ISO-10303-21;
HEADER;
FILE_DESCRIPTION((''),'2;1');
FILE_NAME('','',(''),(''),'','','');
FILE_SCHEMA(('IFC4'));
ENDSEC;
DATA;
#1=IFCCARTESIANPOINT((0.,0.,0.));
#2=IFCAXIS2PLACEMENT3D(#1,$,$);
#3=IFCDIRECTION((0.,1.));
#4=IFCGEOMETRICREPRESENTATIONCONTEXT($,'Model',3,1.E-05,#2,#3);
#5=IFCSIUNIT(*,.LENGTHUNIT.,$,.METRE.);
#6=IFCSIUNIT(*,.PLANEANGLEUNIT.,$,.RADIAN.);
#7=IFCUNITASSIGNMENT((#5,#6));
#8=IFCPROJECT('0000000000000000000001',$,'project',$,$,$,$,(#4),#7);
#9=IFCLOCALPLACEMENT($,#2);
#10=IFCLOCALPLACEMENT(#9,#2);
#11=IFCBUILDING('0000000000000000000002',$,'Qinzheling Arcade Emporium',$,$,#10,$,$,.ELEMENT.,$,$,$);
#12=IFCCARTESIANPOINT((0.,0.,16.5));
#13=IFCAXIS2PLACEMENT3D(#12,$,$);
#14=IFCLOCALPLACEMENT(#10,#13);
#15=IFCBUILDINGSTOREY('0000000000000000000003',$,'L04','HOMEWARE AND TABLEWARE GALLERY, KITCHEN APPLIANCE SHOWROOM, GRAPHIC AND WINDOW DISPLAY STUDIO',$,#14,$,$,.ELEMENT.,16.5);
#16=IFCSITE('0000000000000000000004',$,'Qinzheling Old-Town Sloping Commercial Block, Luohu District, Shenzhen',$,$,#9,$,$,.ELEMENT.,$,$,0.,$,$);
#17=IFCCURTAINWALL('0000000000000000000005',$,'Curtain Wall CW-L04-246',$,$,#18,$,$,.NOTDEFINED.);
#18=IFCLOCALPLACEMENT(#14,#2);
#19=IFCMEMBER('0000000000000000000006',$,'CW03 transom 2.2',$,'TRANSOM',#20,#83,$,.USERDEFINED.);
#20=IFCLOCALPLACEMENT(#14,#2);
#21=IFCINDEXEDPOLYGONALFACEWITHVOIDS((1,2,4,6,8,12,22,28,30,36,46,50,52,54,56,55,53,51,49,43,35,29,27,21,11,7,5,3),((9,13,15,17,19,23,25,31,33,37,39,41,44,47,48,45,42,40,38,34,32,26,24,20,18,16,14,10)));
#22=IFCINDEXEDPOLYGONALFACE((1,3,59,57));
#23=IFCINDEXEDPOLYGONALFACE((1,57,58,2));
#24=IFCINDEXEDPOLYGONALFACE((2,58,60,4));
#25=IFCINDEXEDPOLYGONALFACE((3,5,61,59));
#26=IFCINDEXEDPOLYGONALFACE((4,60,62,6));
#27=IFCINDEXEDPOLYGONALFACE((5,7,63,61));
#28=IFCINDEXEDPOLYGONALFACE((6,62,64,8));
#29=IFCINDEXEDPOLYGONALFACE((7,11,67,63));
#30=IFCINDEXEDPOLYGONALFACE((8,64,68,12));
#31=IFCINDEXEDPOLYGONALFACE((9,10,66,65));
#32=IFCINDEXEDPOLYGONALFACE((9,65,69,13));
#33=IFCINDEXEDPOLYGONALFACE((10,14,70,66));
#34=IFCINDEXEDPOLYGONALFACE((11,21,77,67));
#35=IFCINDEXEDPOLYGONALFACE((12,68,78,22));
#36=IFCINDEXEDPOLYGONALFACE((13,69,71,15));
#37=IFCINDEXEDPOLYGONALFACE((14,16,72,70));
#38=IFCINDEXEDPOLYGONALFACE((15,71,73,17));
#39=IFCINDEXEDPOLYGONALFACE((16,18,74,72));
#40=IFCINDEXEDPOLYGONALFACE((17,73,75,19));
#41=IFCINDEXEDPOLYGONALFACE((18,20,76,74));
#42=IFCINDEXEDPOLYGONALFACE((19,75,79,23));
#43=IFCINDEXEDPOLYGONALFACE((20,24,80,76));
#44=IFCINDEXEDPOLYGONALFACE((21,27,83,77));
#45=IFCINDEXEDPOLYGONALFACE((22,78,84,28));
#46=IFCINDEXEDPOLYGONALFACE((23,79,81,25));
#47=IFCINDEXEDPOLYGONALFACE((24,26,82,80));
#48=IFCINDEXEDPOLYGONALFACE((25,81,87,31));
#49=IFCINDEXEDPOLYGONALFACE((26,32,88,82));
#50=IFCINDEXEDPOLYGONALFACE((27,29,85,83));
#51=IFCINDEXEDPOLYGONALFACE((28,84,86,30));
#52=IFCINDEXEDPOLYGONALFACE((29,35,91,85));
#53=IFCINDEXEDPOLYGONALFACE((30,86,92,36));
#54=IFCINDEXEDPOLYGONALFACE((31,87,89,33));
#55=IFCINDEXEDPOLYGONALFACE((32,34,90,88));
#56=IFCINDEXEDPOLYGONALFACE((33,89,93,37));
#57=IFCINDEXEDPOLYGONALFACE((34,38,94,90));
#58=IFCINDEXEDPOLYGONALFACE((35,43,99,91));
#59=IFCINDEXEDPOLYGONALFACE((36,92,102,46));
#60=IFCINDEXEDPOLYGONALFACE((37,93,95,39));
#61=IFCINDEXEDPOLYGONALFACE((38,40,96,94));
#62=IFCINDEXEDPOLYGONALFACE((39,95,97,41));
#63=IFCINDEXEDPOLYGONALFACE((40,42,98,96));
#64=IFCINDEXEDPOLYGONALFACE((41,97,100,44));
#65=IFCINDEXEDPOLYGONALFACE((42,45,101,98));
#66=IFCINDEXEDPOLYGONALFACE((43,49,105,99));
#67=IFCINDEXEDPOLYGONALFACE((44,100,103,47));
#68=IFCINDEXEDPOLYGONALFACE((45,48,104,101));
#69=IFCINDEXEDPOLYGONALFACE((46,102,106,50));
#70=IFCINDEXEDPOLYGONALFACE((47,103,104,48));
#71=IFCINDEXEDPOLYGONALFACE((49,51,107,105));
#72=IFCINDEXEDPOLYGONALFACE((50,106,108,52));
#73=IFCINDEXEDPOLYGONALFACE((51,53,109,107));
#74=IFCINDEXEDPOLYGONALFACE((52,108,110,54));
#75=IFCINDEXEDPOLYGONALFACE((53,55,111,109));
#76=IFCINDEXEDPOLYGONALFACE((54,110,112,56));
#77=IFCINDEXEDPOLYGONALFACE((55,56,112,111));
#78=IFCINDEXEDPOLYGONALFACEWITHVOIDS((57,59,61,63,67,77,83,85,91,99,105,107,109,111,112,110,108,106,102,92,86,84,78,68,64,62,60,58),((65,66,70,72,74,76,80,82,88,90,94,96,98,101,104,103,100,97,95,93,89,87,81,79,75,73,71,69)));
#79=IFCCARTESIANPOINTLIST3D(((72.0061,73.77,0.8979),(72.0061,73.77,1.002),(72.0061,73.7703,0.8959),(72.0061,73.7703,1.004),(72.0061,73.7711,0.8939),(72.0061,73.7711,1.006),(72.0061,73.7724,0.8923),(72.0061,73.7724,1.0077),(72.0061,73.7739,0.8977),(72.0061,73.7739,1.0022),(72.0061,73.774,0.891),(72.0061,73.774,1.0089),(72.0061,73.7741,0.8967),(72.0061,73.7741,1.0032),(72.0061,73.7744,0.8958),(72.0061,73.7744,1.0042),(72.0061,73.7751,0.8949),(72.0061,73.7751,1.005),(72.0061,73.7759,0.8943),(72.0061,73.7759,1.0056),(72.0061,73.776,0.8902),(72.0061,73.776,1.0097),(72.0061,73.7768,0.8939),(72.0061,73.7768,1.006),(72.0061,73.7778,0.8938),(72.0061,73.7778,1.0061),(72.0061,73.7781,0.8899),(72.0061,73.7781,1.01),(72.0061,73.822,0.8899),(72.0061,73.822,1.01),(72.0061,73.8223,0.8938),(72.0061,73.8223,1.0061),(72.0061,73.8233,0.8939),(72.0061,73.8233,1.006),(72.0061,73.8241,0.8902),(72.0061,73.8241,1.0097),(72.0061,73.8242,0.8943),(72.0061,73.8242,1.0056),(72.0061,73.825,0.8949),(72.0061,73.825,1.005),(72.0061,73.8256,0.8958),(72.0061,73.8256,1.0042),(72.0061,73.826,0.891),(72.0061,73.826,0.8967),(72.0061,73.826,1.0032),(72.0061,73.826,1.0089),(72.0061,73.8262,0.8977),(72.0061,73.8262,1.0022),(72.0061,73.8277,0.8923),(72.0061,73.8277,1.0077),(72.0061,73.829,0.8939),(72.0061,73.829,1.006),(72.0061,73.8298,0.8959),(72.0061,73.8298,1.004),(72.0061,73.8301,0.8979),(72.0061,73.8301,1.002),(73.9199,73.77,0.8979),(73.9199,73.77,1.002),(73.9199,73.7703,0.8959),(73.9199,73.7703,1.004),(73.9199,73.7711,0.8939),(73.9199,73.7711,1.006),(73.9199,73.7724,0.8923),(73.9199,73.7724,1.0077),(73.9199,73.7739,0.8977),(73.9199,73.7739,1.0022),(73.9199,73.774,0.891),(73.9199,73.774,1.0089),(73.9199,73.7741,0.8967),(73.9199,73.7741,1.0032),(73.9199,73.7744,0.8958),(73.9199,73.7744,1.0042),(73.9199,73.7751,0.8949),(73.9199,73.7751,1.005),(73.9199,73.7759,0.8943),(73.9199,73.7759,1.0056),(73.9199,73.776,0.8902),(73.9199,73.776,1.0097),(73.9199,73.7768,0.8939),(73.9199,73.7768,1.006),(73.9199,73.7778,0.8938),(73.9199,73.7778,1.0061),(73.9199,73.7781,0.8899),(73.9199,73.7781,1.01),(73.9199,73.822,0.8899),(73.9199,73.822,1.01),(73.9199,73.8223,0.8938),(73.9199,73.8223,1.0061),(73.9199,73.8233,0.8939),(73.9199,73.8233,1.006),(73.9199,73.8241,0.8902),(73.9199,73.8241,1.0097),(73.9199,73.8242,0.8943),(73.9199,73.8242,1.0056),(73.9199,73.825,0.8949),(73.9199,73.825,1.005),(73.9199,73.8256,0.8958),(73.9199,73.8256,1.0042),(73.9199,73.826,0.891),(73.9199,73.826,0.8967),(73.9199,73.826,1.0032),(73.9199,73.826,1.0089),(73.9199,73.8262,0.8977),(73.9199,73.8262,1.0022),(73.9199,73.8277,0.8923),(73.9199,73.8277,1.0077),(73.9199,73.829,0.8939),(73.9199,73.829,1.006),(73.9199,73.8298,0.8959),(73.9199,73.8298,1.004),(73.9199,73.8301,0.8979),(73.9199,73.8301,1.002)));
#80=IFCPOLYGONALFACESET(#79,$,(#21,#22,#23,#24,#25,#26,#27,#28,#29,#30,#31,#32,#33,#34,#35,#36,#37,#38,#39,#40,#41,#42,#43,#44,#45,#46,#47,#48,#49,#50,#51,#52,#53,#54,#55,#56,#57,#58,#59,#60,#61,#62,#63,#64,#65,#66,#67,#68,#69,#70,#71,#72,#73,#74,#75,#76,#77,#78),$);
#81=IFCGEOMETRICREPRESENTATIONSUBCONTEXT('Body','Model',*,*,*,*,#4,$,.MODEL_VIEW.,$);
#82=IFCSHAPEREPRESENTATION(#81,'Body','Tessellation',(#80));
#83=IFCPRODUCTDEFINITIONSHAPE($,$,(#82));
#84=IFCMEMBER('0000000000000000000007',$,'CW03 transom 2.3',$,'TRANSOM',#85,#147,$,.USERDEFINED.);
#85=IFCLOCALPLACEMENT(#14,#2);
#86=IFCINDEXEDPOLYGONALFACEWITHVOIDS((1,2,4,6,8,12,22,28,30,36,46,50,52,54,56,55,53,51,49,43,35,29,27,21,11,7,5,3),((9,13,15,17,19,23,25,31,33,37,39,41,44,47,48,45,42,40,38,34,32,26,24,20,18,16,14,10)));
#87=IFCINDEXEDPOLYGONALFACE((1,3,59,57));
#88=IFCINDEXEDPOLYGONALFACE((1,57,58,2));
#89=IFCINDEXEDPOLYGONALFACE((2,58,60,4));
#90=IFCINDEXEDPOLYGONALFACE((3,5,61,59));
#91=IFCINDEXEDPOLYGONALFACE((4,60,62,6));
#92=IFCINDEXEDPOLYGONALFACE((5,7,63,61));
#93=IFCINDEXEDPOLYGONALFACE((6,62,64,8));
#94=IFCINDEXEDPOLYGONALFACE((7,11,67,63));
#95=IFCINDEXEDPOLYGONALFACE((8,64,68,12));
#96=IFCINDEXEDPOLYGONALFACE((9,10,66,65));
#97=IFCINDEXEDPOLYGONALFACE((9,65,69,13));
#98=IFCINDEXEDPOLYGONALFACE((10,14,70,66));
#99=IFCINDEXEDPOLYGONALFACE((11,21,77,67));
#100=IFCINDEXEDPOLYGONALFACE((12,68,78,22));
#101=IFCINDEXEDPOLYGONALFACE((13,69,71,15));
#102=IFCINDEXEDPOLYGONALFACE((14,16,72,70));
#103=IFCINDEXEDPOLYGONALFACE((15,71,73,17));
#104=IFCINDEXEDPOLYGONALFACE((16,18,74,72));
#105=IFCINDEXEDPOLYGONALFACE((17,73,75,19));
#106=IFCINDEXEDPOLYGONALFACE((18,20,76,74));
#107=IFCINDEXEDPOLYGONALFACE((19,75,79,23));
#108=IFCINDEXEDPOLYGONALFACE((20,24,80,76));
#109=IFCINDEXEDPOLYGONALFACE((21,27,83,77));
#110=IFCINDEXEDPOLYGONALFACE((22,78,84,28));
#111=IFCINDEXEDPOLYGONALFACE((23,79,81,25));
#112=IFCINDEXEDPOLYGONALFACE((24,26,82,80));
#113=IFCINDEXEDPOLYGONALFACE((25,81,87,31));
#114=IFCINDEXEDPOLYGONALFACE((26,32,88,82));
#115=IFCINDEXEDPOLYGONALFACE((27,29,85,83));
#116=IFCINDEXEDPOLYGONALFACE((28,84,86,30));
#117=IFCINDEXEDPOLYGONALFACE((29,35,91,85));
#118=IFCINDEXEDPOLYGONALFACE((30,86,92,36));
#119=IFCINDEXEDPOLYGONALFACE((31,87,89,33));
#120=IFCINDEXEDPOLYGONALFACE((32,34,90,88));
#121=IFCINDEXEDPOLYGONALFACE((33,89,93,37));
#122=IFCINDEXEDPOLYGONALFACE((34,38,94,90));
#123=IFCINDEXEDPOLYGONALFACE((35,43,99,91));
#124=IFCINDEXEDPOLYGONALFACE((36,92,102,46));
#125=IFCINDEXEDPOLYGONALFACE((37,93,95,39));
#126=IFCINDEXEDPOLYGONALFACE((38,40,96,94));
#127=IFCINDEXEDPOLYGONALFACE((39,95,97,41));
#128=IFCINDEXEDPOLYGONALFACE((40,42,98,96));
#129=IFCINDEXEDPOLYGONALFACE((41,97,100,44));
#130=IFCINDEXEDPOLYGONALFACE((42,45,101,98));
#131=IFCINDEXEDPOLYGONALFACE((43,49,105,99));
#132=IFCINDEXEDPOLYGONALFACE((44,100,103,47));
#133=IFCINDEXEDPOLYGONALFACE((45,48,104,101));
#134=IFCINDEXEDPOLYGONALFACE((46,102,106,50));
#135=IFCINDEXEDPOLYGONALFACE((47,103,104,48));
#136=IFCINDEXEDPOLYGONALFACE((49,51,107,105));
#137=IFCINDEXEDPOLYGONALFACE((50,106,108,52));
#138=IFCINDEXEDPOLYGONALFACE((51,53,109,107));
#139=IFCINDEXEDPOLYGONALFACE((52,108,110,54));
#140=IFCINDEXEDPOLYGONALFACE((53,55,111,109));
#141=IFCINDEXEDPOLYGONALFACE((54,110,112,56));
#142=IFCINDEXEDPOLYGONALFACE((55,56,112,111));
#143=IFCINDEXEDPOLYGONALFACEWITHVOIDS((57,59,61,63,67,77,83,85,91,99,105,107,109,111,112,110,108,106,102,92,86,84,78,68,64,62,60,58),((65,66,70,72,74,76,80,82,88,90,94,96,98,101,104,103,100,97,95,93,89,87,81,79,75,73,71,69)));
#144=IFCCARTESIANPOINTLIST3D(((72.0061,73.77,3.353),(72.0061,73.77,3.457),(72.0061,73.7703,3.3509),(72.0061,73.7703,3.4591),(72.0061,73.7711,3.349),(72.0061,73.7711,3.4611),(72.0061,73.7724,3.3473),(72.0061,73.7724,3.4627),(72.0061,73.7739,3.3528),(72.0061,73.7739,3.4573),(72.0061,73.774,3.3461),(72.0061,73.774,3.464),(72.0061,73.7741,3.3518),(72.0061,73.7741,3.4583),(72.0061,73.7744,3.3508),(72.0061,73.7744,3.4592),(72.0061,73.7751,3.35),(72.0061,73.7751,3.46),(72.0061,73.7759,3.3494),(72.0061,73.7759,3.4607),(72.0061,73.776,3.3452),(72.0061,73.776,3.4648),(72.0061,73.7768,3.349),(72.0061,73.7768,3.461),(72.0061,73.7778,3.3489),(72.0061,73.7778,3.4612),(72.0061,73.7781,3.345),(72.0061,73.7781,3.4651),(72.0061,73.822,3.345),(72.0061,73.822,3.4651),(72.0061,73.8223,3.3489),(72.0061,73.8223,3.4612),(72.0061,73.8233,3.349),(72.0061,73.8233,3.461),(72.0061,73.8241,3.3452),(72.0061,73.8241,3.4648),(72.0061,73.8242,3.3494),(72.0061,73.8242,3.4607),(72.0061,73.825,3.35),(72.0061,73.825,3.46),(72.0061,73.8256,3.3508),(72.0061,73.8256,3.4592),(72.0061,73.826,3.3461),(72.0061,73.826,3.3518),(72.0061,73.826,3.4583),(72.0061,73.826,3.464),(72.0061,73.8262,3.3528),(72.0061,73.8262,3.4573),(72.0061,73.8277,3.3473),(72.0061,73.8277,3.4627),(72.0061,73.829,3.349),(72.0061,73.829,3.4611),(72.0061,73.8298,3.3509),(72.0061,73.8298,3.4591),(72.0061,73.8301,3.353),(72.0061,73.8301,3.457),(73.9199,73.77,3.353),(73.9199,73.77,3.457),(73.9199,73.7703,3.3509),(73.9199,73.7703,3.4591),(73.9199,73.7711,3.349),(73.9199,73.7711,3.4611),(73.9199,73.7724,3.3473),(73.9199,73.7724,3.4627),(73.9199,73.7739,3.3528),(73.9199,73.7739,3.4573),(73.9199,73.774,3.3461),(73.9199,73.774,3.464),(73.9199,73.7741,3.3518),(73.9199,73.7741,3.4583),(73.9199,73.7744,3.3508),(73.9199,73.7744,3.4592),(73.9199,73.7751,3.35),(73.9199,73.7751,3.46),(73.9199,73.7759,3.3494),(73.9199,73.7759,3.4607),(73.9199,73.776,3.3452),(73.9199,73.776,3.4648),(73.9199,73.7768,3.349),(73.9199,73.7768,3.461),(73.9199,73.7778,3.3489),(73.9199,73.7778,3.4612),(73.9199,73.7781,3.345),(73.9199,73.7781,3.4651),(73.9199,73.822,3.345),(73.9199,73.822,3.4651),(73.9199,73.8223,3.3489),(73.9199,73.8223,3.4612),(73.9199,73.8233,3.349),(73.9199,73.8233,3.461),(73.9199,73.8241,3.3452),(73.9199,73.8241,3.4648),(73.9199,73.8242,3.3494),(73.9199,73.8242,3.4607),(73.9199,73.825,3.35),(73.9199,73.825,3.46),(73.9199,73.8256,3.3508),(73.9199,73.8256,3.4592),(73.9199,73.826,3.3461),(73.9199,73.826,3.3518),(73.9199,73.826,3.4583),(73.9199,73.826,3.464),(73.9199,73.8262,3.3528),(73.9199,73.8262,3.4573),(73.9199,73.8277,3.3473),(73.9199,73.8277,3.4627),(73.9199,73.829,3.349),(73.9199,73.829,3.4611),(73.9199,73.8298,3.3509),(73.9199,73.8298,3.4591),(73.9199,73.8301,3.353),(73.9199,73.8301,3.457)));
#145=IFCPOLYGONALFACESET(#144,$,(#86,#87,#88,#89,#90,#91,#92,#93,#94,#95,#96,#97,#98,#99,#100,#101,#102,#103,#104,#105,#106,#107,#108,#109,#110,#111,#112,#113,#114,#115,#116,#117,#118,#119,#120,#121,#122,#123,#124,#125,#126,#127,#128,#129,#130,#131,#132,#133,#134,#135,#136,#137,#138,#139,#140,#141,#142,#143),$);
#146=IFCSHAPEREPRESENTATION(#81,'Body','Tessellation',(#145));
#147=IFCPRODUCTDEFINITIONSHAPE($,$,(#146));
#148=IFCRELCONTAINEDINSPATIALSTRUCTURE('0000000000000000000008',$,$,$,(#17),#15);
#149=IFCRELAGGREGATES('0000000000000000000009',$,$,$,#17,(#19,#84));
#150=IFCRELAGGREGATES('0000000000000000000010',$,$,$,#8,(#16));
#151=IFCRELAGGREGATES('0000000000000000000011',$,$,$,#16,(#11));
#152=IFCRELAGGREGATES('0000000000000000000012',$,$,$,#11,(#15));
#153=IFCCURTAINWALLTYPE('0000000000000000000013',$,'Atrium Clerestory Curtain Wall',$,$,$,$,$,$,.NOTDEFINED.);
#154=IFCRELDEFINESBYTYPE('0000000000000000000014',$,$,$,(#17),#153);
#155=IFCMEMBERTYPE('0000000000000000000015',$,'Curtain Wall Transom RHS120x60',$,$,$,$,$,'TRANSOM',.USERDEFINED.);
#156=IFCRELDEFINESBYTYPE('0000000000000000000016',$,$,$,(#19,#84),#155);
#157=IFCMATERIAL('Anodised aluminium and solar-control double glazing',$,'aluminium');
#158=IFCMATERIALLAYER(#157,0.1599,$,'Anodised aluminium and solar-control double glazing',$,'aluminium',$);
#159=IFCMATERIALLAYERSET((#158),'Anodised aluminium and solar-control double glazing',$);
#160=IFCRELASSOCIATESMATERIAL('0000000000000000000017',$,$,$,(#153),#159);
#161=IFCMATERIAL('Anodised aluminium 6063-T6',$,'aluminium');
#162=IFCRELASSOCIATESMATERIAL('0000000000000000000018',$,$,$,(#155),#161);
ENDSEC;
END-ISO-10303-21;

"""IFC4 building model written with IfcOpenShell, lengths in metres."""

from ifc_helpers import new_model, si_unit, direction, frame, origin, origin_2d, place, context, subcontext, project, spatial, hollow_rectangle, extrude, material, layer, layer_set, material_profile, profile_set, type_object, element, aggregate, save


model = new_model("IFC4")

# Units and contexts
model_context = context("Model", 3, precision=1e-05, world=origin(), true_north=direction((0.0, 1.0)))
body_context = subcontext(model_context, "Body", "Model", "MODEL_VIEW")
ifc_project = project(units=[si_unit("LENGTHUNIT", "METRE"), si_unit("PLANEANGLEUNIT", "RADIAN")], contexts=[model_context])

# Site, building, storey
site_placement = place(None, origin())
site = spatial("IfcSite", under=ifc_project, at=site_placement, Name="Qinzheling Old-Town Sloping Commercial Block, Luohu District, Shenzhen", CompositionType="ELEMENT", RefElevation=0.0)
building_placement = place(site_placement, origin())
building = spatial("IfcBuilding", under=site, at=building_placement, Name="Qinzheling Arcade Emporium", CompositionType="ELEMENT")
storey_placement = place(building_placement, frame((0.0, 0.0, 16.5)))
storey = spatial("IfcBuildingStorey", under=building, at=storey_placement, Name="L04", Description="HOMEWARE AND TABLEWARE GALLERY, KITCHEN APPLIANCE SHOWROOM, GRAPHIC AND WINDOW DISPLAY STUDIO", CompositionType="ELEMENT", Elevation=16.5)

# Curtain wall
ifc_material_1 = material(Name="Anodised aluminium and solar-control double glazing", Category="aluminium")
ifc_layer_1 = layer(ifc_material_1, 0.1599, Name="Anodised aluminium and solar-control double glazing", Category="aluminium")
ifc_layer_set_1 = layer_set([ifc_layer_1], Name="Anodised aluminium and solar-control double glazing")
curtain_wall_type = type_object("IfcCurtainWallType", Name="Atrium Clerestory Curtain Wall", PredefinedType="NOTDEFINED", material=ifc_layer_set_1)
ifc_material_2 = material(Name="Anodised aluminium 6063-T6", Category="aluminium")
curtain_wall_1_placement = place(storey_placement, origin())
curtain_wall_1 = element("IfcCurtainWall", 1, at=curtain_wall_1_placement, inside=storey, type_object=curtain_wall_type, Name="Curtain Wall CW-L04-246", PredefinedType="NOTDEFINED")

# Members
ifc_material_profile_1 = material_profile(ifc_material_2, hollow_rectangle(XDim=0.0601, YDim=0.1201, WallThickness=0.0039, InnerFilletRadius=0.0039, OuterFilletRadius=0.0081, at=origin_2d()), Name="RHS 120x60x4", Category="aluminium")
ifc_profile_set_1 = profile_set([ifc_material_profile_1], Name="Anodised aluminium 6063-T6")
member_type_1 = type_object("IfcMemberType", Name="Curtain Wall Transom RHS120x60", ElementType="TRANSOM", PredefinedType="USERDEFINED", material=ifc_profile_set_1)
member_1_placement = place(storey_placement, frame((72.0061, 73.8, 0.95), z_axis=(1.0, 0.0, 0.0), x_axis=(0.0, 1.0, 0.0)))
member_1 = element("IfcMember", 2, at=member_1_placement, type_object=member_type_1, Name="CW03 transom 2.2", ObjectType="TRANSOM", PredefinedType="USERDEFINED", context=body_context, shape_type="SweptSolid", body=[
    extrude(hollow_rectangle(XDim=0.0601, YDim=0.1201, WallThickness=0.0039, InnerFilletRadius=0.0039, OuterFilletRadius=0.0081, at=origin_2d()), origin(), (0.0, 0.0, 1.0), 1.9138),
])
member_2_placement = place(storey_placement, frame((72.0061, 73.8, 3.405), z_axis=(1.0, 0.0, 0.0), x_axis=(0.0, 1.0, 0.0)))
member_2 = element("IfcMember", 3, at=member_2_placement, type_object=member_type_1, Name="CW03 transom 2.3", ObjectType="TRANSOM", PredefinedType="USERDEFINED", context=body_context, shape_type="SweptSolid", body=[
    extrude(hollow_rectangle(XDim=0.0601, YDim=0.1201, WallThickness=0.0039, InnerFilletRadius=0.0039, OuterFilletRadius=0.0081, at=origin_2d()), origin(), (0.0, 0.0, 1.0), 1.9138),
])

aggregate(curtain_wall_1, [member_1, member_2])

save(model, "model.ifc")
